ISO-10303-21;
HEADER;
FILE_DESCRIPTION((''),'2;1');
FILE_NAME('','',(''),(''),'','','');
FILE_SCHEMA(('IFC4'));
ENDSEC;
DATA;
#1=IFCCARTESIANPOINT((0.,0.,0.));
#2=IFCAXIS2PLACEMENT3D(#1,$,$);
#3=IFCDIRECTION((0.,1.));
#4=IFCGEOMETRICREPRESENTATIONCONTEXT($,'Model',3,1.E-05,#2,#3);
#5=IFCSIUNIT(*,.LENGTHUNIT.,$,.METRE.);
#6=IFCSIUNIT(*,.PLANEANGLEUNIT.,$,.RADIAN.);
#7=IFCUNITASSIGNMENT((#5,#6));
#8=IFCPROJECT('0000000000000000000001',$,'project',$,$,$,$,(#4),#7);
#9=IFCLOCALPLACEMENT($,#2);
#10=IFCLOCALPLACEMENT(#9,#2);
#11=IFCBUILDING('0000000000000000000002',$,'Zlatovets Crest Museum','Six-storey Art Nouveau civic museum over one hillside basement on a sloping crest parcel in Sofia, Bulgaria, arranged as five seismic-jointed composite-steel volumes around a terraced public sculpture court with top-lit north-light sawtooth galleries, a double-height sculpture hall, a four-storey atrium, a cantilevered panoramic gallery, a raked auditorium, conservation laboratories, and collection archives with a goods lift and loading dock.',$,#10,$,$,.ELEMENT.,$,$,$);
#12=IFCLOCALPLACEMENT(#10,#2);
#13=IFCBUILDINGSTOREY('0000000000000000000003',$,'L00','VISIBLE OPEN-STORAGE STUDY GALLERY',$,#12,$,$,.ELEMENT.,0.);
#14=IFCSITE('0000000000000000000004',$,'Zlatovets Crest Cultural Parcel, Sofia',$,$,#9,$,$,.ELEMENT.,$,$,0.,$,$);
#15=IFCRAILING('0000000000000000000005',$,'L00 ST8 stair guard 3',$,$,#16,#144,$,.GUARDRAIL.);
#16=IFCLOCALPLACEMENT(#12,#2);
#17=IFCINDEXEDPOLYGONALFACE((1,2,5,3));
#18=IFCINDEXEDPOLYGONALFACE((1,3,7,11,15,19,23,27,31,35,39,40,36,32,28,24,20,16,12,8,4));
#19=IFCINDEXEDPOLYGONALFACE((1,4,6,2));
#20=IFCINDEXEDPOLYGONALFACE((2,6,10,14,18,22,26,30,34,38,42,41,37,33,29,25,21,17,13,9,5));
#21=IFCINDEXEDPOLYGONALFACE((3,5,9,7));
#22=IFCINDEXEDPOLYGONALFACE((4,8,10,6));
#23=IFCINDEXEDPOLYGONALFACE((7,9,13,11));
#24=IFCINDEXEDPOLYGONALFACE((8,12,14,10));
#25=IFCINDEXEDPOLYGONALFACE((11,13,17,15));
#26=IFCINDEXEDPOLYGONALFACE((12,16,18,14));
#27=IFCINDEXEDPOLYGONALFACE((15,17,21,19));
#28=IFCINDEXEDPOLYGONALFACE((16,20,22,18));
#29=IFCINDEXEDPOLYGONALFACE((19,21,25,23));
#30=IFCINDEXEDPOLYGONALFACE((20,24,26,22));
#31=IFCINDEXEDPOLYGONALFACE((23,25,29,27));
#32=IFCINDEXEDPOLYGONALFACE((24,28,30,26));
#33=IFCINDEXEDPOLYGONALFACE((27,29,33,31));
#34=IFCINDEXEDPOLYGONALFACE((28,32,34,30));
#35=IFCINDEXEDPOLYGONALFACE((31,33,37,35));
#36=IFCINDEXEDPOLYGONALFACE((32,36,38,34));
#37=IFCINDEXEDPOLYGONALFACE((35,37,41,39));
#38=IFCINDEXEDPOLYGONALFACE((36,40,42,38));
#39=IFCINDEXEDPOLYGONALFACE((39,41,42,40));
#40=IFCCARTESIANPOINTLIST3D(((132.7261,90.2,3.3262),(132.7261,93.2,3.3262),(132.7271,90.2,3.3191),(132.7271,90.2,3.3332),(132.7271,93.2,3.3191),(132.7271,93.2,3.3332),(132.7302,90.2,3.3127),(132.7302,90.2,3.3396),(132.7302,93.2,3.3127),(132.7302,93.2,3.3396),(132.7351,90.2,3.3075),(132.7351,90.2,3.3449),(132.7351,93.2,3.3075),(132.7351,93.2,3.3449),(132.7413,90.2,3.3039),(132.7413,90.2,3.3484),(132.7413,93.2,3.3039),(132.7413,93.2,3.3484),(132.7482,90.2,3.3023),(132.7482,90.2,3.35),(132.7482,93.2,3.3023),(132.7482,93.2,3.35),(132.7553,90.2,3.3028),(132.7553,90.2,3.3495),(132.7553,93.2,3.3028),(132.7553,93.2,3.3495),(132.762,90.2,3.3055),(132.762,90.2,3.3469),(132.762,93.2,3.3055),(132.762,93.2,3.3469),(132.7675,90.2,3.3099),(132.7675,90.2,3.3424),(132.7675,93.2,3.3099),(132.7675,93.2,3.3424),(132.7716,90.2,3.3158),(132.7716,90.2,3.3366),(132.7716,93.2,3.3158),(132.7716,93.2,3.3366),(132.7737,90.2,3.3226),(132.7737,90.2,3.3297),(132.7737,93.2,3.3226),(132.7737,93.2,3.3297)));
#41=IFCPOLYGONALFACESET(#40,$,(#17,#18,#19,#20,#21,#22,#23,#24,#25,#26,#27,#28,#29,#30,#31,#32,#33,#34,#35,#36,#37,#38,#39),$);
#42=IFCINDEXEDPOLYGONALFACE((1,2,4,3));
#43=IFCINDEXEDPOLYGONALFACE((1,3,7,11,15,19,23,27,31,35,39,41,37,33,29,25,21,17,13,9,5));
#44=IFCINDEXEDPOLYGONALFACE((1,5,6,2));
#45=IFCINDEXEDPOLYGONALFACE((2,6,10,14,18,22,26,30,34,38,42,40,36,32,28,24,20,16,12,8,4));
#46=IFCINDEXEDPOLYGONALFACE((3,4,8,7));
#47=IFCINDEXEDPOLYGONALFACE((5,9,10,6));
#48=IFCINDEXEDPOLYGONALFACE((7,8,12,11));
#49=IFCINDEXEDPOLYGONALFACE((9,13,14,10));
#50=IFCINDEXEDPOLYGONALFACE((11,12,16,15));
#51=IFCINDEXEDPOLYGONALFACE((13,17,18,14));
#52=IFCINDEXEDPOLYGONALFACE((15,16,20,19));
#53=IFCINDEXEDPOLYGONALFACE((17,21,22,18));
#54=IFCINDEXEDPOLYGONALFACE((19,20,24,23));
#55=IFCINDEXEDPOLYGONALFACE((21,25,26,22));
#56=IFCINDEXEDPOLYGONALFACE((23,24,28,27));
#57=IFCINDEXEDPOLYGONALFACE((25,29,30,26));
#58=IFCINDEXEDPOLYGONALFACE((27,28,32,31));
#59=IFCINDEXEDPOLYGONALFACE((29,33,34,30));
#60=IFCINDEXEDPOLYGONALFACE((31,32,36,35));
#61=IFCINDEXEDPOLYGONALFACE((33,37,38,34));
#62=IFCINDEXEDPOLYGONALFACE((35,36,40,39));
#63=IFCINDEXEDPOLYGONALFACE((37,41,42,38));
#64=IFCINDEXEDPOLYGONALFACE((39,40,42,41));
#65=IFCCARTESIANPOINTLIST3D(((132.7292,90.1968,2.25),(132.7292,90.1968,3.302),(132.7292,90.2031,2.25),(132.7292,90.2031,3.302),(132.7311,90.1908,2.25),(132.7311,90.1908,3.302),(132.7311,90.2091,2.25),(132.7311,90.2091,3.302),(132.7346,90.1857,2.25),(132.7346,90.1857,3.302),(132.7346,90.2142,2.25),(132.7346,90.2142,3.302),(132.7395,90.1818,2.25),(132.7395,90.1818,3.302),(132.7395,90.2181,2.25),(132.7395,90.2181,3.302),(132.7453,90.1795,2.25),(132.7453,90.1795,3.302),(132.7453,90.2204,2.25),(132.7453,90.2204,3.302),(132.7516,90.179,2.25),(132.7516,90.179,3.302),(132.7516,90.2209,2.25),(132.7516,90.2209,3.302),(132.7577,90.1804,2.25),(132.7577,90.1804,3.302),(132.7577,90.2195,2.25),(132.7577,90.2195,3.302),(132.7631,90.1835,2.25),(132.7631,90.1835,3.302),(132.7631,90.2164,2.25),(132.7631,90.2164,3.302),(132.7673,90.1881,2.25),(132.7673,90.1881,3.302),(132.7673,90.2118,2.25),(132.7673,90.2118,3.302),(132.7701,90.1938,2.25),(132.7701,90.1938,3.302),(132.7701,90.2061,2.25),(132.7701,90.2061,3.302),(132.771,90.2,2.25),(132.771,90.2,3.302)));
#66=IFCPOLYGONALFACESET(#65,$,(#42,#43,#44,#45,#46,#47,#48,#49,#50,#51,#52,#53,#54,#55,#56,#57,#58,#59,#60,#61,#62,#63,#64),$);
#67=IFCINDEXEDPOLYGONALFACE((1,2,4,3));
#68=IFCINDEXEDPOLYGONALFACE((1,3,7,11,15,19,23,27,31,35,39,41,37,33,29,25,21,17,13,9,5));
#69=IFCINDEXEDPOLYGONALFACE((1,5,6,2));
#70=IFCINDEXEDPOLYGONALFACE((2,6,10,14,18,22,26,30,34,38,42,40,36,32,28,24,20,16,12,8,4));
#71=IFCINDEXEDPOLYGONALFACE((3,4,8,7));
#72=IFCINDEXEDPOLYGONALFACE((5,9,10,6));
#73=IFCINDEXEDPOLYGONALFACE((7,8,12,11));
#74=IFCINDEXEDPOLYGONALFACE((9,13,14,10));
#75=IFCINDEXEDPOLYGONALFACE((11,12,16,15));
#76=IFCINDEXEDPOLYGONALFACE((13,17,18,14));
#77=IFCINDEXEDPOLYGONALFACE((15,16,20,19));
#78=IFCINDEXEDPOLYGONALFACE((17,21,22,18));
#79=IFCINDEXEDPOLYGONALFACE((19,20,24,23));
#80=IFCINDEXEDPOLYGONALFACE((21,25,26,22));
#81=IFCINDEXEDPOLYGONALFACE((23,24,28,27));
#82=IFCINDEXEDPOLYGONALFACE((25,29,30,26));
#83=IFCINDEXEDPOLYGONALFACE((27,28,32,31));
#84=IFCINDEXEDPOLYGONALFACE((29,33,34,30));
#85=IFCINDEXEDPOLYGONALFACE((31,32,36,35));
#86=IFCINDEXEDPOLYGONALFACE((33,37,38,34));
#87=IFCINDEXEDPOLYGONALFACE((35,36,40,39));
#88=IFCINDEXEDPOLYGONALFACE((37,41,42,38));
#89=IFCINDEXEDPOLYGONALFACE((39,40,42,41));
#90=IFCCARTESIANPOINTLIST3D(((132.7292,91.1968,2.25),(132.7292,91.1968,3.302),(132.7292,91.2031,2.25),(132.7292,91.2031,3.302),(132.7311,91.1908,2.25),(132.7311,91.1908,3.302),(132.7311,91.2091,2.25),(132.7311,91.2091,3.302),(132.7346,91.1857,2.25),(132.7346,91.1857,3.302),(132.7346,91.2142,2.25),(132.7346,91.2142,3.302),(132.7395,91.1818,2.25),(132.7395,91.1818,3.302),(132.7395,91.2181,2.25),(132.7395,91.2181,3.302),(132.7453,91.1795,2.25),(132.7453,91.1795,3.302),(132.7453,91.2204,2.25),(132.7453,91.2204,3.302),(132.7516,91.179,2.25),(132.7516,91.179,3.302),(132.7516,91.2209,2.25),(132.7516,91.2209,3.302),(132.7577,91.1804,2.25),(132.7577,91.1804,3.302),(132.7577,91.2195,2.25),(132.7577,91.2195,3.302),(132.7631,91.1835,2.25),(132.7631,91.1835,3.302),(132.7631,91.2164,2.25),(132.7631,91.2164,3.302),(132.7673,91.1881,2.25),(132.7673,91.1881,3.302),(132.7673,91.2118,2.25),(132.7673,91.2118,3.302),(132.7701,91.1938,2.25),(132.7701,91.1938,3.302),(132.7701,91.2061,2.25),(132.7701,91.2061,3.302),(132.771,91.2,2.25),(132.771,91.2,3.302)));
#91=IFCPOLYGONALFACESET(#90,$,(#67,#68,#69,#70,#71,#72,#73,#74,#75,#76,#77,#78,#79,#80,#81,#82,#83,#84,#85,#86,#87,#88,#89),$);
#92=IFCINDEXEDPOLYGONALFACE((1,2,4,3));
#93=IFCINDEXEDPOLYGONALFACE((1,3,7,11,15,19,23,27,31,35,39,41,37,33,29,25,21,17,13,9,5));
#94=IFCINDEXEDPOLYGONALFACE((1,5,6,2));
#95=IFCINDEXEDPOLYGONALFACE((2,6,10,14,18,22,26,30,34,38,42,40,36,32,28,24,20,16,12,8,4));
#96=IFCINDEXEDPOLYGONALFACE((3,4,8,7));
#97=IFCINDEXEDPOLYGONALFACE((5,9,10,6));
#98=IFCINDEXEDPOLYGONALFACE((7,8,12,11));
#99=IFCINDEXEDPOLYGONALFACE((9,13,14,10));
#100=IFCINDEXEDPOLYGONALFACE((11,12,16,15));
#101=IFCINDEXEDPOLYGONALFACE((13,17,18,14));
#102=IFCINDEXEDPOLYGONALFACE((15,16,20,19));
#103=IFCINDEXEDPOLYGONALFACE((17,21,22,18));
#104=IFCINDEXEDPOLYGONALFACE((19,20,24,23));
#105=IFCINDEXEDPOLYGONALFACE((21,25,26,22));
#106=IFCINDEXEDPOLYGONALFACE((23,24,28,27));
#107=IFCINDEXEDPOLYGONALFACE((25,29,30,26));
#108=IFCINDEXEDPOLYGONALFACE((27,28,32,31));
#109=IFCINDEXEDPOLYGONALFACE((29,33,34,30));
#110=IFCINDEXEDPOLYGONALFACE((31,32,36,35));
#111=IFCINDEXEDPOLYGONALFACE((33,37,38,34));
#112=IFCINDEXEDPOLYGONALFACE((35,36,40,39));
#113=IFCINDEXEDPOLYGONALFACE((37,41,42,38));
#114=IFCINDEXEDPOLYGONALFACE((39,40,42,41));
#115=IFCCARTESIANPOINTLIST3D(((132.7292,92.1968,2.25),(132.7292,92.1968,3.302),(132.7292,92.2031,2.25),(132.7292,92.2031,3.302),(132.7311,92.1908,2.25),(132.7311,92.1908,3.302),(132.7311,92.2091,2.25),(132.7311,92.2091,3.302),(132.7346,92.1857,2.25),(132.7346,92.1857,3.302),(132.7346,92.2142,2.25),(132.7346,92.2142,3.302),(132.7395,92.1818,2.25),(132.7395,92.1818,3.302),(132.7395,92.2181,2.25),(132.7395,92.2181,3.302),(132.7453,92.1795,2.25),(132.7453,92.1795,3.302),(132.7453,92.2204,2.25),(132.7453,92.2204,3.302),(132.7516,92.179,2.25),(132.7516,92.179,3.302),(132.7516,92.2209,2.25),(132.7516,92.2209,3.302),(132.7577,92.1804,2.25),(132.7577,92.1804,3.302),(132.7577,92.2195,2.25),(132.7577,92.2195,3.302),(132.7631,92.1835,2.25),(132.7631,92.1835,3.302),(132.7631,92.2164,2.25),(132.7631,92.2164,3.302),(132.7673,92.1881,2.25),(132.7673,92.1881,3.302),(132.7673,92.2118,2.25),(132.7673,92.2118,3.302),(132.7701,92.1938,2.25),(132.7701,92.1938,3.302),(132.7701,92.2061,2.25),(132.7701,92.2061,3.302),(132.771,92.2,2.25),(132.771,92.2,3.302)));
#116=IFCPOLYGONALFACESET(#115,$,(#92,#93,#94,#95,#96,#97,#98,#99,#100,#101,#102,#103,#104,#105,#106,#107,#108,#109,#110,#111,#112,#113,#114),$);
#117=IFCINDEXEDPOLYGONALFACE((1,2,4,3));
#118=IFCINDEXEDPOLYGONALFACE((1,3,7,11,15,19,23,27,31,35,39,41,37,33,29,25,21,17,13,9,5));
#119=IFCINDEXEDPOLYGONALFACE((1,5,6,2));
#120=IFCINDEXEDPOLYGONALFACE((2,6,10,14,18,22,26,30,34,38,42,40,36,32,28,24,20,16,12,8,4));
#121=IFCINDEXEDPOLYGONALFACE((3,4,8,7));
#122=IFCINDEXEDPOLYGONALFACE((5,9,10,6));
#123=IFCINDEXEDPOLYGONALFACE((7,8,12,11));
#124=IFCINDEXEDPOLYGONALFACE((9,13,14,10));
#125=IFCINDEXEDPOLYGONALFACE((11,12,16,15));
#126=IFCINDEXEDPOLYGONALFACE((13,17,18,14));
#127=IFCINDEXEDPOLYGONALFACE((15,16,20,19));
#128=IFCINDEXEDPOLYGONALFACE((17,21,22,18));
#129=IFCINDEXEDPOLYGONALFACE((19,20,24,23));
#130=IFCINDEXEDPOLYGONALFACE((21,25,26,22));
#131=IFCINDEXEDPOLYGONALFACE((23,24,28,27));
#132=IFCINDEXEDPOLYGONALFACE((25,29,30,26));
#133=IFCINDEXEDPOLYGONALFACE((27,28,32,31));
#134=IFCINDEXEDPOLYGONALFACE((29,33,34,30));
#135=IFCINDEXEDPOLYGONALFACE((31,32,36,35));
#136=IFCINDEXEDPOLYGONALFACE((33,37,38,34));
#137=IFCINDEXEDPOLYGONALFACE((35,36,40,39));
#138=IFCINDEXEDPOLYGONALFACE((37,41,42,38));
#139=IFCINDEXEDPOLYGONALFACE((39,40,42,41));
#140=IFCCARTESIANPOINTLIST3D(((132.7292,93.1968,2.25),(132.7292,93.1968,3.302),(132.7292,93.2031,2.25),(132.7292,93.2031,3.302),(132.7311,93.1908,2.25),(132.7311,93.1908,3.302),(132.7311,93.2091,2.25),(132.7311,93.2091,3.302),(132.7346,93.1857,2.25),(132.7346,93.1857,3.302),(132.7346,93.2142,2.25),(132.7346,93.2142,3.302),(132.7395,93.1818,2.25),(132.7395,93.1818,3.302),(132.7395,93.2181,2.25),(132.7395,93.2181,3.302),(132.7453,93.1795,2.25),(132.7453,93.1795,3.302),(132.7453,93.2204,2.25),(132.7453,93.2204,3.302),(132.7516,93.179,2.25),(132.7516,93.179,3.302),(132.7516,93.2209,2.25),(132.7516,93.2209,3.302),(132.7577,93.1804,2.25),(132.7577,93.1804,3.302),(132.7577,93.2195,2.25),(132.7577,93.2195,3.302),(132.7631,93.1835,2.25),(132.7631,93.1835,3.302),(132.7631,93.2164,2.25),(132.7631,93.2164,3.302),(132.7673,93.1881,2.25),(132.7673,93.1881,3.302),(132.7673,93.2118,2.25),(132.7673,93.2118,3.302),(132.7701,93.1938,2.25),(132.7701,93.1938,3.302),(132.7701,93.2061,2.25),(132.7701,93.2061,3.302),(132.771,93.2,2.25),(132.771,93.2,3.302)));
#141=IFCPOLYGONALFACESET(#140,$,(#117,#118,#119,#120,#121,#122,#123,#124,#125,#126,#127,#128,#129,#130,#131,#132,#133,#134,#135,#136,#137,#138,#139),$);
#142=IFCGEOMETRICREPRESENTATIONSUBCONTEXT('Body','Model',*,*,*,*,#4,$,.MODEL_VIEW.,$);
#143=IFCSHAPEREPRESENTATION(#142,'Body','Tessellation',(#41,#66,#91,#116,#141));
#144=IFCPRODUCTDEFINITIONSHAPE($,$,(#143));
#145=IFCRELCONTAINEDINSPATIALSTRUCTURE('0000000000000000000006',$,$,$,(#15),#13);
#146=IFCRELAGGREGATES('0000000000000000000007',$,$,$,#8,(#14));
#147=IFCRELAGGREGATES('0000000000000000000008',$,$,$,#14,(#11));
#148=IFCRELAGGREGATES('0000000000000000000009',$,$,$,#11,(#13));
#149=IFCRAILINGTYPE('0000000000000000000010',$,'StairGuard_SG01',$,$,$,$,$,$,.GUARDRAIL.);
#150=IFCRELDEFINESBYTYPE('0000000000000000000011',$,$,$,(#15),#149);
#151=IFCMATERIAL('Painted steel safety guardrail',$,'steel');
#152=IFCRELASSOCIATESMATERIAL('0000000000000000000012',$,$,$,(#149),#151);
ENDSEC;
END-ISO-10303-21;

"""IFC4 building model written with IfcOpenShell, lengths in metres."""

from ifc_helpers import new_model, si_unit, direction, frame, origin, origin_2d, place, context, subcontext, project, spatial, circle, extrude, material, type_object, element, save


model = new_model("IFC4")

# Units and contexts
model_context = context("Model", 3, precision=1e-05, world=origin(), true_north=direction((0.0, 1.0)))
body_context = subcontext(model_context, "Body", "Model", "MODEL_VIEW")
ifc_project = project(units=[si_unit("LENGTHUNIT", "METRE"), si_unit("PLANEANGLEUNIT", "RADIAN")], contexts=[model_context])

# Site, building, storey
site_placement = place(None, origin())
site = spatial("IfcSite", under=ifc_project, at=site_placement, Name="Zlatovets Crest Cultural Parcel, Sofia", CompositionType="ELEMENT", RefElevation=0.0)
building_placement = place(site_placement, origin())
building = spatial("IfcBuilding", under=site, at=building_placement, Name="Zlatovets Crest Museum", Description="Six-storey Art Nouveau civic museum over one hillside basement on a sloping crest parcel in Sofia, Bulgaria, arranged as five seismic-jointed composite-steel volumes around a terraced public sculpture court with top-lit north-light sawtooth galleries, a double-height sculpture hall, a four-storey atrium, a cantilevered panoramic gallery, a raked auditorium, conservation laboratories, and collection archives with a goods lift and loading dock.", CompositionType="ELEMENT")
storey_placement = place(building_placement, origin())
storey = spatial("IfcBuildingStorey", under=building, at=storey_placement, Name="L00", Description="VISIBLE OPEN-STORAGE STUDY GALLERY", CompositionType="ELEMENT", Elevation=0.0)

# Railing
ifc_material_1 = material(Name="Painted steel safety guardrail", Category="steel")
railing_type_1 = type_object("IfcRailingType", Name="StairGuard_SG01", PredefinedType="GUARDRAIL", material=ifc_material_1)
railing_1_placement = place(storey_placement, frame((132.75, 90.2, 2.25)))
element("IfcRailing", 1, at=railing_1_placement, inside=storey, type_object=railing_type_1, Name="L00 ST8 stair guard 3", PredefinedType="GUARDRAIL", context=body_context, shape_type="SweptSolid", body=[
    extrude(circle(Radius=0.0239, at=origin_2d()), frame((0.0, 0.0, 1.0762), z_axis=(0.0, 1.0, 0.0), x_axis=(-1.0, 0.0, 0.0)), (0.0, 0.0, 1.0), 3.0),
    extrude(circle(Radius=0.021, at=origin_2d()), origin(), (0.0, 0.0, 1.0), 1.052),
    extrude(circle(Radius=0.021, at=origin_2d()), frame((0.0, 1.0, 0.0)), (0.0, 0.0, 1.0), 1.052),
    extrude(circle(Radius=0.021, at=origin_2d()), frame((0.0, 2.0, 0.0)), (0.0, 0.0, 1.0), 1.052),
    extrude(circle(Radius=0.021, at=origin_2d()), frame((0.0, 3.0, 0.0)), (0.0, 0.0, 1.0), 1.052),
])

save(model, "model.ifc")
